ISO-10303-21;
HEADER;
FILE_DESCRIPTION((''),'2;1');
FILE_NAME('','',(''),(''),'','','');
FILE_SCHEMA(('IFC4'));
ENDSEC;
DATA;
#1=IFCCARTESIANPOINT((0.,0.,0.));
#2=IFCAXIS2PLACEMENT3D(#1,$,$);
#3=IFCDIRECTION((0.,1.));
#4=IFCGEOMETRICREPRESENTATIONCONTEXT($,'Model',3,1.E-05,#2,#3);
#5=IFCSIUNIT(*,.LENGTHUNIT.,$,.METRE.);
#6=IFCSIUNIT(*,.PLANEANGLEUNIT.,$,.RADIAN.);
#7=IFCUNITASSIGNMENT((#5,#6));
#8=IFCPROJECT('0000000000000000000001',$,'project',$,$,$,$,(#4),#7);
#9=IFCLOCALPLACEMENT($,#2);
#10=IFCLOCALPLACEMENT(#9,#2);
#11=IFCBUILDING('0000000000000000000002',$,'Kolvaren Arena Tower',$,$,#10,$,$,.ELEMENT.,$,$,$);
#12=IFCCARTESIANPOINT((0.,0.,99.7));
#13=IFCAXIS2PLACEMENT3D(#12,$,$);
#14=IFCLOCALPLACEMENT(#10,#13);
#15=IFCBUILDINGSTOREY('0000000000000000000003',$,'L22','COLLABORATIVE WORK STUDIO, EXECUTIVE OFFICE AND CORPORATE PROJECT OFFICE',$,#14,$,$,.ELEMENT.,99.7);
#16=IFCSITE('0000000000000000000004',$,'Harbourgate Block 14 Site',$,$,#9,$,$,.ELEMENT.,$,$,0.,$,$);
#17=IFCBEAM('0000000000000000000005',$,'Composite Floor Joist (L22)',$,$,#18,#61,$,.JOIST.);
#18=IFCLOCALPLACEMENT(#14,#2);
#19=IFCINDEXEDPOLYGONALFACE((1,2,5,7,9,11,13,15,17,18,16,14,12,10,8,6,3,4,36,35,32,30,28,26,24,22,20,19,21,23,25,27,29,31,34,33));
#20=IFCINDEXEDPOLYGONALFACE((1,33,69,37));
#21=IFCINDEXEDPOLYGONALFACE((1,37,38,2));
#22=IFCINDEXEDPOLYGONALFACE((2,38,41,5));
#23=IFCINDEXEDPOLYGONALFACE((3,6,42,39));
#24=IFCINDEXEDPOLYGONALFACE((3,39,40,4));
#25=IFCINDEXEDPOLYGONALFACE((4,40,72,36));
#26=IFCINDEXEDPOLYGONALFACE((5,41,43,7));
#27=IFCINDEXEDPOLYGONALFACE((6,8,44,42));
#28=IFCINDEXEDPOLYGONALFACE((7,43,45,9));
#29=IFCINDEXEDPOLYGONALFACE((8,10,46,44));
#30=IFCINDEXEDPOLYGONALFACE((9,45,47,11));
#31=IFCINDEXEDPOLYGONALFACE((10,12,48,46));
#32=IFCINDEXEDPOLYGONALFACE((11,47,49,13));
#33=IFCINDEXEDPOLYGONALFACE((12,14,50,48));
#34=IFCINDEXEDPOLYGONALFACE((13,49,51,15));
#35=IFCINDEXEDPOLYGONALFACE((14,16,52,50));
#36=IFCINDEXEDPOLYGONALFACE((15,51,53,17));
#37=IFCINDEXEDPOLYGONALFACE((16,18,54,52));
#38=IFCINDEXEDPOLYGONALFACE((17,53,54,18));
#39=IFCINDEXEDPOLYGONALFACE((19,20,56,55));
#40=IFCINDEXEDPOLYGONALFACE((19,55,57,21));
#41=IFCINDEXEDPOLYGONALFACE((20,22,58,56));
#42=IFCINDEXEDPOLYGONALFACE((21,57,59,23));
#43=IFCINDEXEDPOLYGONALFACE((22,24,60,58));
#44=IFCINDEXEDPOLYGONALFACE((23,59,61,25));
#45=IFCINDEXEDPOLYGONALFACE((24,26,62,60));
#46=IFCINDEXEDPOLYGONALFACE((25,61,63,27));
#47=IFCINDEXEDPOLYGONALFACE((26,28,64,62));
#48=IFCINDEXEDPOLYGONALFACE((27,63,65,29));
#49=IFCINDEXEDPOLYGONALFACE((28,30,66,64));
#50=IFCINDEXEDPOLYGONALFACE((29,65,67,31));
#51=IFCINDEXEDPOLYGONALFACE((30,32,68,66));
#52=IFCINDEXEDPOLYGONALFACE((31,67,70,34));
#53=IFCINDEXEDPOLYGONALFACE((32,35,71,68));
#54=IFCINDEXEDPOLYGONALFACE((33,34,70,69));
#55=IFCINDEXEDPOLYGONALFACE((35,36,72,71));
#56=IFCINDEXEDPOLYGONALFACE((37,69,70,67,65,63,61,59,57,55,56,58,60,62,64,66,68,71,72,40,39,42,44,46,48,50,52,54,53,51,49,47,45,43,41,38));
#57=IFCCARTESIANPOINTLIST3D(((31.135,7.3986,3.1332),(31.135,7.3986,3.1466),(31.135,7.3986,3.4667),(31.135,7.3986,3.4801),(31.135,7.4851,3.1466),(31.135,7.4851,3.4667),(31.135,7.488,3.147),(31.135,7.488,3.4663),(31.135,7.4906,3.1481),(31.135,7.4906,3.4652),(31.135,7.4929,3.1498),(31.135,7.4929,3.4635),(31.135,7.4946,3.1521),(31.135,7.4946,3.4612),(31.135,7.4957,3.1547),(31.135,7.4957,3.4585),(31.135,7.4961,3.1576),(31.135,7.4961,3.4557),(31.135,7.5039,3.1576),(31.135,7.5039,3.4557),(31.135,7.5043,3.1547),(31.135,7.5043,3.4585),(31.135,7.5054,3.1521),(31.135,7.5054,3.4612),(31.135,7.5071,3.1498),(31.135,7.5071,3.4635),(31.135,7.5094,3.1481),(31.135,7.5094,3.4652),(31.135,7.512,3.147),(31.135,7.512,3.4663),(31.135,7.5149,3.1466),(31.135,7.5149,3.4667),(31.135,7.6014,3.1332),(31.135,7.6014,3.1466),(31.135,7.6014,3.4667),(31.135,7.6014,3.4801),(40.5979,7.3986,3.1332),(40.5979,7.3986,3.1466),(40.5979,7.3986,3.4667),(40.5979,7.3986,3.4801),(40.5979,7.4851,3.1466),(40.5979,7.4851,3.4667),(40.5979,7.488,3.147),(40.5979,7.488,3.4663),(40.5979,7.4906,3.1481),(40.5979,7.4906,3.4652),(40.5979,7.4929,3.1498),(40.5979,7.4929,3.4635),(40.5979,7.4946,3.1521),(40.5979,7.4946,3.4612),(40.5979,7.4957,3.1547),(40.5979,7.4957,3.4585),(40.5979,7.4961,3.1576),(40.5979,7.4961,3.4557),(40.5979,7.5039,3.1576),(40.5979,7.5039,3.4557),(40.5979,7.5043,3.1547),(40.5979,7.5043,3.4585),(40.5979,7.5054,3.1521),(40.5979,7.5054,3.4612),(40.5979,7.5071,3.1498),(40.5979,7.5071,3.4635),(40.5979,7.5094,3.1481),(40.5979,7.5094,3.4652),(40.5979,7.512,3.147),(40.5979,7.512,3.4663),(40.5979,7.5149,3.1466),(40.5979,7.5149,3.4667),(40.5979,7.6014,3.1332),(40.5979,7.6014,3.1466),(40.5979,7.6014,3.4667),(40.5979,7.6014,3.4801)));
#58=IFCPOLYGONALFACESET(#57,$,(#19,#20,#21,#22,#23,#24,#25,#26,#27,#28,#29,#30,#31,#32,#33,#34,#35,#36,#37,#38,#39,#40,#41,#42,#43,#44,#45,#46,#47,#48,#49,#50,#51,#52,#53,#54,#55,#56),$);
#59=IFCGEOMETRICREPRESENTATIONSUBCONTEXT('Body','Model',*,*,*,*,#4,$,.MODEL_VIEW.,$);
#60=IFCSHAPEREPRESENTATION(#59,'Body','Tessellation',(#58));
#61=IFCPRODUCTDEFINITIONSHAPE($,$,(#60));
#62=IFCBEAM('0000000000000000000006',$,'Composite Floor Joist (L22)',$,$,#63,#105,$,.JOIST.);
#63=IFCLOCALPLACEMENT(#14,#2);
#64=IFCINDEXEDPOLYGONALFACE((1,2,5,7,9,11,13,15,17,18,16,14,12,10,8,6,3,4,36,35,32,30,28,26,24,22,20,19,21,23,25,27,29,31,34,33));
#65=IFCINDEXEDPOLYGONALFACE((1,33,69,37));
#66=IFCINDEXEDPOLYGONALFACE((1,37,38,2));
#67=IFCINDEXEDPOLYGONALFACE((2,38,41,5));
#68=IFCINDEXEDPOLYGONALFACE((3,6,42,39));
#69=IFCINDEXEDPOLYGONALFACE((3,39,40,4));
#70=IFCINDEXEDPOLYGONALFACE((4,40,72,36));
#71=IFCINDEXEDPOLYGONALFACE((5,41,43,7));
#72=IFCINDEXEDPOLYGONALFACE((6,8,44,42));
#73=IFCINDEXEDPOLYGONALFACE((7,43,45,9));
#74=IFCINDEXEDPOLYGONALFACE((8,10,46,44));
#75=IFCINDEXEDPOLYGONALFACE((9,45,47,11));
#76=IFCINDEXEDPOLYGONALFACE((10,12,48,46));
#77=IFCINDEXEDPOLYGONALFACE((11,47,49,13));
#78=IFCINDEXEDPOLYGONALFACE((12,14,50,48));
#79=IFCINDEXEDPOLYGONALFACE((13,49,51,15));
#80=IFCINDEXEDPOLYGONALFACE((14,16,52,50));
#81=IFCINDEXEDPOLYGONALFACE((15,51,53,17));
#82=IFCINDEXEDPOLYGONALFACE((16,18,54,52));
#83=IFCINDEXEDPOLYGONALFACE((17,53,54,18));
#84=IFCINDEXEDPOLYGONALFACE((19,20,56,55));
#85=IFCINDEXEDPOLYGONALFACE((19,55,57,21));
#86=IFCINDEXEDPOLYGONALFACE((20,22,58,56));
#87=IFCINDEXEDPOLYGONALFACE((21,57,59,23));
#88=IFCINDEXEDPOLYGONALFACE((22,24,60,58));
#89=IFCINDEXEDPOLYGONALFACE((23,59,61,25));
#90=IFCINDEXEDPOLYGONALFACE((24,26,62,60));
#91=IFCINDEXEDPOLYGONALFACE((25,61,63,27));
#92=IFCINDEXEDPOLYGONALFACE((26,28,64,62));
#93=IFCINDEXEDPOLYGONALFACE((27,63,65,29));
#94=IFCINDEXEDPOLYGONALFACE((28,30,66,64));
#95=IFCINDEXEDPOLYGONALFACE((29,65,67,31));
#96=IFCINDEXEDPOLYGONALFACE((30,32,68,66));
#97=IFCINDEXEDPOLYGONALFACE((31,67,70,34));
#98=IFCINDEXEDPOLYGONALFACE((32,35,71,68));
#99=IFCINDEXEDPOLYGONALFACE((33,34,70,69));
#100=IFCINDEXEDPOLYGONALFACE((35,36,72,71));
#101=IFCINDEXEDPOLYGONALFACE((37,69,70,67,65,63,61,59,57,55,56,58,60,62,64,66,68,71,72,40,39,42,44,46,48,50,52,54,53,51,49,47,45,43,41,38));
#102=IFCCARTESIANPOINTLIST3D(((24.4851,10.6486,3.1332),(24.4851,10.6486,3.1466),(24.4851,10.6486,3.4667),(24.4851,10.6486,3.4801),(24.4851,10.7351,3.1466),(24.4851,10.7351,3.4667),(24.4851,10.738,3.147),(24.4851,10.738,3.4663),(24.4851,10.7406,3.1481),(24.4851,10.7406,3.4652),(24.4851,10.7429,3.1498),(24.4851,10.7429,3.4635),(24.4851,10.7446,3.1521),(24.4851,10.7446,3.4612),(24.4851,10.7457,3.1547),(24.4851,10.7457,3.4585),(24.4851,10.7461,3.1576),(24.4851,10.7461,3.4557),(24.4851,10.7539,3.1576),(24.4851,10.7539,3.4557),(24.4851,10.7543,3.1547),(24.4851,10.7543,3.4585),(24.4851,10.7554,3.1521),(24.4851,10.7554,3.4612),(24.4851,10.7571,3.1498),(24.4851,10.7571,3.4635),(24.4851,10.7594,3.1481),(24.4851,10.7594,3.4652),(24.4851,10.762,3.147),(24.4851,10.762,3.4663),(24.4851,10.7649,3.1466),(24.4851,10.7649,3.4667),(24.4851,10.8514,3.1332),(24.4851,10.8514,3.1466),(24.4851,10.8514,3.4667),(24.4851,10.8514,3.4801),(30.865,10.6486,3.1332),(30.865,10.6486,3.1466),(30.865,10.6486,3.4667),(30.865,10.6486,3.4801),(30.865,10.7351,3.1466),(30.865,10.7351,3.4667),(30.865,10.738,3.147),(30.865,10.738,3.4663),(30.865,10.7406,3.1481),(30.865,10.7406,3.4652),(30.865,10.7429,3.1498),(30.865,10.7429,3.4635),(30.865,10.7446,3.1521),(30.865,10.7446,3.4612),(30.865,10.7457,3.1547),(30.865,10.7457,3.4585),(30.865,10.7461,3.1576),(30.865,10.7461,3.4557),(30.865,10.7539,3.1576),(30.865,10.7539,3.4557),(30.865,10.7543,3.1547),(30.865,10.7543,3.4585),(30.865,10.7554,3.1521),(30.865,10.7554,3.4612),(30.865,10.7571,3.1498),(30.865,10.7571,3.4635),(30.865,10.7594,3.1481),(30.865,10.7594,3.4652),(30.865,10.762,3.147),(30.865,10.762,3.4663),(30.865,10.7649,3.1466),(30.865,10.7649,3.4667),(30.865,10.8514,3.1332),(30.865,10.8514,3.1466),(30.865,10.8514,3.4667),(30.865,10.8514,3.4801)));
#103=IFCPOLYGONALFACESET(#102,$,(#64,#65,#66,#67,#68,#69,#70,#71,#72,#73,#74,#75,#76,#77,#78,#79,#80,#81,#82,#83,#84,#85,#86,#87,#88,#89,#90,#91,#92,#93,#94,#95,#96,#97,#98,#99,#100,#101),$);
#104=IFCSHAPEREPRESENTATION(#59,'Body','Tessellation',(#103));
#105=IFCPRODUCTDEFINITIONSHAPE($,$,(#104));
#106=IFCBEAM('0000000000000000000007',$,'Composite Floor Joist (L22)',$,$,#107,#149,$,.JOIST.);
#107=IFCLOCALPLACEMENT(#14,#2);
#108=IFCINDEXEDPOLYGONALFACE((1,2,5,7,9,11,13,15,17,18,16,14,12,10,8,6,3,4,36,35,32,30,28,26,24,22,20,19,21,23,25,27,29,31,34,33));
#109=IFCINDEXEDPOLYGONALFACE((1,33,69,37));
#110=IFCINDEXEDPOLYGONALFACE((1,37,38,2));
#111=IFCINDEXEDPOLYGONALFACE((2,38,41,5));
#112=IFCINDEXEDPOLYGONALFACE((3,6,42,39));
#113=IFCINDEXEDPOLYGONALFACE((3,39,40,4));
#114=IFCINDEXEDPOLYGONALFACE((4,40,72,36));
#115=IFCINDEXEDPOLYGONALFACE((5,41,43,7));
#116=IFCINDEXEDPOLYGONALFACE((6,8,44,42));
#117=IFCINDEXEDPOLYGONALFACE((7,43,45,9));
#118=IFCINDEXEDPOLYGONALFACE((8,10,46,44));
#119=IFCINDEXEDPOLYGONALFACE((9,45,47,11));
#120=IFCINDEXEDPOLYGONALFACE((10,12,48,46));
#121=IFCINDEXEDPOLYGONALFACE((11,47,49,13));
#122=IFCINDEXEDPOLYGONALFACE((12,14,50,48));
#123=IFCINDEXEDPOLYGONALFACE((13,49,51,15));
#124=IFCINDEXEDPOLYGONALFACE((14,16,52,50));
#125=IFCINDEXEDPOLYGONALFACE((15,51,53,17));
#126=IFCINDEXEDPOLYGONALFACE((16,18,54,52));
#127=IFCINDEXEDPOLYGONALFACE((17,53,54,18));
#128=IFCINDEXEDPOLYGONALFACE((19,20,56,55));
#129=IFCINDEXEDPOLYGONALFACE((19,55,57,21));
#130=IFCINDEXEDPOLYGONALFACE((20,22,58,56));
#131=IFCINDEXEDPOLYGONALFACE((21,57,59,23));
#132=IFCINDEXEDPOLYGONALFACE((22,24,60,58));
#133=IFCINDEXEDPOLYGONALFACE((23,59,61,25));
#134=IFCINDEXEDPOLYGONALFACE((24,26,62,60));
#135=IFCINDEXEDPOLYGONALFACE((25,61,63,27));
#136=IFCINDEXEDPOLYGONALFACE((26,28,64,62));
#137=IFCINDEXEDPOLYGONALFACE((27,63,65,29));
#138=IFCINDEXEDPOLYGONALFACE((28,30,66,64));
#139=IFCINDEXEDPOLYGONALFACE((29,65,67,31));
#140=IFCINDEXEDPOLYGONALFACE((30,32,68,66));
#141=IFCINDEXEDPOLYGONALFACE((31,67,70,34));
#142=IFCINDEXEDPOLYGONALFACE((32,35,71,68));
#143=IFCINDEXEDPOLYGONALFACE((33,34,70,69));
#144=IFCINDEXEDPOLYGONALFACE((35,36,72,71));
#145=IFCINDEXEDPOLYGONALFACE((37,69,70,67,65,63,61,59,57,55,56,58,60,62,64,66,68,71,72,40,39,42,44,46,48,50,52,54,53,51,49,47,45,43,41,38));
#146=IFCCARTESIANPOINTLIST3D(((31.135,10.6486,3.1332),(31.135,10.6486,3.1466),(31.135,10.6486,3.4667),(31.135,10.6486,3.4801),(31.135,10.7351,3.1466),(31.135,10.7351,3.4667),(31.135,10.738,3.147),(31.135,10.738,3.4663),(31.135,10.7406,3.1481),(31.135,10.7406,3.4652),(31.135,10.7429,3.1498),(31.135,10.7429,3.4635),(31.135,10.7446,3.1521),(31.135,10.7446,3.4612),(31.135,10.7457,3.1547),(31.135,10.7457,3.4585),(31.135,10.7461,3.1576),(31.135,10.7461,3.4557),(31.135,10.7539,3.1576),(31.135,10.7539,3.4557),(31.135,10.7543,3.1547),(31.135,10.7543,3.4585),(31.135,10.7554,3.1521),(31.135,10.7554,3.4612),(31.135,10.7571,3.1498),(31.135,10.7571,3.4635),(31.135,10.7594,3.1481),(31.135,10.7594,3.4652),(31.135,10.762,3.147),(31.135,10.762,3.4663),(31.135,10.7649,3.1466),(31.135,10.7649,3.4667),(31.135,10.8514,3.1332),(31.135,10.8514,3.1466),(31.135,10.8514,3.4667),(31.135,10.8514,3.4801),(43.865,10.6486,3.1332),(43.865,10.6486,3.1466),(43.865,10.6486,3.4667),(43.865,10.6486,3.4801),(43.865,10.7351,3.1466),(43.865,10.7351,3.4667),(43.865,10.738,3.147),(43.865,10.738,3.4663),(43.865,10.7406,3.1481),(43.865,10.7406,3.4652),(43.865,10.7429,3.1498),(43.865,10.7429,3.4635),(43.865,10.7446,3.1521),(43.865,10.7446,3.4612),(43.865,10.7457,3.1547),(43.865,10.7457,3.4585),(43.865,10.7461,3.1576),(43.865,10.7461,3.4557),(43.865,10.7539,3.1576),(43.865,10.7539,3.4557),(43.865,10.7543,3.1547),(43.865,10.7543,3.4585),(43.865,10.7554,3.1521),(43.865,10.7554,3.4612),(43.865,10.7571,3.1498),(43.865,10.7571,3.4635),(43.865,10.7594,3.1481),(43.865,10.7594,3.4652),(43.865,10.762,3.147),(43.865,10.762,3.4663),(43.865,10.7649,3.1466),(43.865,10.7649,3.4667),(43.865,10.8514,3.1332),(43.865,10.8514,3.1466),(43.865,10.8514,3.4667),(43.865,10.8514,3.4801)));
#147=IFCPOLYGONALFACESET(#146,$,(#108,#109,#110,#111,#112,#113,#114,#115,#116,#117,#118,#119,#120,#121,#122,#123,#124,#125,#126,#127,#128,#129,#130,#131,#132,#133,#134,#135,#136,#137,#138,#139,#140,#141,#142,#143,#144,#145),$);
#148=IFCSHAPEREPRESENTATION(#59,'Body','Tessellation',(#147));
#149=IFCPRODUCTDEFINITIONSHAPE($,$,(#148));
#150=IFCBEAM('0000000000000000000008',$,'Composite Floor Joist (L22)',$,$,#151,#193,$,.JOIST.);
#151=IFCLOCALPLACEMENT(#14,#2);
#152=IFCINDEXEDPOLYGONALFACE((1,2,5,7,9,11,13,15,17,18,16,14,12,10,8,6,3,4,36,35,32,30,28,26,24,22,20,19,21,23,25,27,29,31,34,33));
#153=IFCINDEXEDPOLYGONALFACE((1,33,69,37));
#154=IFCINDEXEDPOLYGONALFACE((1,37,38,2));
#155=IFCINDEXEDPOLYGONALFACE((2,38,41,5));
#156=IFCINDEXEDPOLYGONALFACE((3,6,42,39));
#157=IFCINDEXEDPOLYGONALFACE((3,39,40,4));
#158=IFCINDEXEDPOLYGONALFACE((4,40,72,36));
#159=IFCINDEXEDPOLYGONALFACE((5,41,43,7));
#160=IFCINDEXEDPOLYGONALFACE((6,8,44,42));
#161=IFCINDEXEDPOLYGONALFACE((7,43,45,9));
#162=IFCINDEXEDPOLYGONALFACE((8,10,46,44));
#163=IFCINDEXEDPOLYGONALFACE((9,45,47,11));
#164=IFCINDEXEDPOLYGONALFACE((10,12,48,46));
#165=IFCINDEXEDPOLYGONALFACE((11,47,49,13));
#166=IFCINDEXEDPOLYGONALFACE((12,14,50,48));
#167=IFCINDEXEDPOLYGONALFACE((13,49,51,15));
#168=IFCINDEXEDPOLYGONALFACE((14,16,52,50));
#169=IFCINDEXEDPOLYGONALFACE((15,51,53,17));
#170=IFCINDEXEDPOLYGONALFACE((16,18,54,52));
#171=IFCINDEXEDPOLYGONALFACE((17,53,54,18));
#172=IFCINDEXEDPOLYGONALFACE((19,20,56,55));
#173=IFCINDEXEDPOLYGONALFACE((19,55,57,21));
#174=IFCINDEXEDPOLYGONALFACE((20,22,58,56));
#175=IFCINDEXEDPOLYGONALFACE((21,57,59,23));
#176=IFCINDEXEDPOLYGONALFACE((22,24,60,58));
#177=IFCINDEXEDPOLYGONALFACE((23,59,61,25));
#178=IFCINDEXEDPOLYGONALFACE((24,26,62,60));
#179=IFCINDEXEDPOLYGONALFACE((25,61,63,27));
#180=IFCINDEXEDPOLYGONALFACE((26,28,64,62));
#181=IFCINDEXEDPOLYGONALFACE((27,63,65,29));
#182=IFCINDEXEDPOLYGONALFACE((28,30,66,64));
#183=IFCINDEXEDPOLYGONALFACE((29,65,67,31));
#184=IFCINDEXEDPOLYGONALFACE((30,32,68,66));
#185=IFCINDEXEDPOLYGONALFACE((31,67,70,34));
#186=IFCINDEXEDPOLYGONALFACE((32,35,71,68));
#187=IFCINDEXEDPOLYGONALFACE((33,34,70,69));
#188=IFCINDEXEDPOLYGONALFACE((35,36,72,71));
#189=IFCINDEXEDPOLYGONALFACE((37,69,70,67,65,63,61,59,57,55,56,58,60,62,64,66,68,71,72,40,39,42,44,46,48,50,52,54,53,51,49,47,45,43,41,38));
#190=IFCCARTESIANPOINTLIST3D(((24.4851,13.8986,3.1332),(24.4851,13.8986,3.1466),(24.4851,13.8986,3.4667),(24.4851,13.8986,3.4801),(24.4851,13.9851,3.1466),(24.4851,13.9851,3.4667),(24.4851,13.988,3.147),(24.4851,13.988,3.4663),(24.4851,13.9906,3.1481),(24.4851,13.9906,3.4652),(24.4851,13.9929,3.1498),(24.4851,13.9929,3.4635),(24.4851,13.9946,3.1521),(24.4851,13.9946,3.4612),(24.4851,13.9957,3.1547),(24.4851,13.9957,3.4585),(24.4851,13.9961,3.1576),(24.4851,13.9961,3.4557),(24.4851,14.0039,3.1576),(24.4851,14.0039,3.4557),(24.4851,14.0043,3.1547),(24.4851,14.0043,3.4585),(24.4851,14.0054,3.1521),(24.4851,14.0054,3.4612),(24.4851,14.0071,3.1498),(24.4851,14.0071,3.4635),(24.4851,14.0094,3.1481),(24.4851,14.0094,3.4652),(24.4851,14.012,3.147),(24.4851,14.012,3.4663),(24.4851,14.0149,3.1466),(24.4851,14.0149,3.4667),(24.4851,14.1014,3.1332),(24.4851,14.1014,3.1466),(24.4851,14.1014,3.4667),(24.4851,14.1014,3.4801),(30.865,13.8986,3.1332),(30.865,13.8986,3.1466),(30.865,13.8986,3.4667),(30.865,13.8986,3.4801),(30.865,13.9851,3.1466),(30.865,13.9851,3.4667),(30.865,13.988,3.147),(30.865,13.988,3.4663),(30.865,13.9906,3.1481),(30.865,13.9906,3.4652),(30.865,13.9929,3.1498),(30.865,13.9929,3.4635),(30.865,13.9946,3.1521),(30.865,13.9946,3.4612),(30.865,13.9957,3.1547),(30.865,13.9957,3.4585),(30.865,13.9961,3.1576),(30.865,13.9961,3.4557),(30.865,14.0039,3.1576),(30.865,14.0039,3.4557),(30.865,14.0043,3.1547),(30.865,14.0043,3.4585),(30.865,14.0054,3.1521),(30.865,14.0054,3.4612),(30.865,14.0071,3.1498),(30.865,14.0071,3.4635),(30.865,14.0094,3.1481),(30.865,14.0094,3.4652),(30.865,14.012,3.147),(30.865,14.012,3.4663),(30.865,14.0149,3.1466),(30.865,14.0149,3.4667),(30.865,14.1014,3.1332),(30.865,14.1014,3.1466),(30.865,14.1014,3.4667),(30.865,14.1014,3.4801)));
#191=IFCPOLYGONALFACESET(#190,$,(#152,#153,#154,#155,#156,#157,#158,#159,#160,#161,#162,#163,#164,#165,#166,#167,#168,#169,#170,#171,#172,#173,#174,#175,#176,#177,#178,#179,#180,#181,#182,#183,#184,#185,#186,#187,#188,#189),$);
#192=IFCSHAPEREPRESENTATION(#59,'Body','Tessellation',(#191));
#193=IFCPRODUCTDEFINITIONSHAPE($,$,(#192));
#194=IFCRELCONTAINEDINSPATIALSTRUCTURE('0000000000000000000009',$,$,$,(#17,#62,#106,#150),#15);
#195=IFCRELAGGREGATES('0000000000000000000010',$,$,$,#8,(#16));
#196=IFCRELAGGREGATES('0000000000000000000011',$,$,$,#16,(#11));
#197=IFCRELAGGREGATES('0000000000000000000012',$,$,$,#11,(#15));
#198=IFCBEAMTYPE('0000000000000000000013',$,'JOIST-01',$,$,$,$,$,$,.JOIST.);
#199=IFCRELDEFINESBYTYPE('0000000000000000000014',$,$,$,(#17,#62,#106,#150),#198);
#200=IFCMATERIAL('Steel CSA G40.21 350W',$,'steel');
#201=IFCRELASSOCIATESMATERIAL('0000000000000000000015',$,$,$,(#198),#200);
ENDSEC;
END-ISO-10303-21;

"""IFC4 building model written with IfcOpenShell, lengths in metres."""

from ifc_helpers import new_model, si_unit, direction, frame, origin, origin_2d, place, context, subcontext, project, spatial, i_section, extrude, material, material_profile, profile_set, type_object, element, save


model = new_model("IFC4")

# Units and contexts
model_context = context("Model", 3, precision=1e-05, world=origin(), true_north=direction((0.0, 1.0)))
body_context = subcontext(model_context, "Body", "Model", "MODEL_VIEW")
ifc_project = project(units=[si_unit("LENGTHUNIT", "METRE"), si_unit("PLANEANGLEUNIT", "RADIAN")], contexts=[model_context])

# Site, building, storey
site_placement = place(None, origin())
site = spatial("IfcSite", under=ifc_project, at=site_placement, Name="Harbourgate Block 14 Site", CompositionType="ELEMENT", RefElevation=0.0)
building_placement = place(site_placement, origin())
building = spatial("IfcBuilding", under=site, at=building_placement, Name="Kolvaren Arena Tower", CompositionType="ELEMENT")
storey_placement = place(building_placement, frame((0.0, 0.0, 99.7)))
storey = spatial("IfcBuildingStorey", under=building, at=storey_placement, Name="L22", Description="COLLABORATIVE WORK STUDIO, EXECUTIVE OFFICE AND CORPORATE PROJECT OFFICE", CompositionType="ELEMENT", Elevation=99.7)

# Beams
ifc_material_1 = material(Name="Steel CSA G40.21 350W", Category="steel")
ifc_material_profile_1 = material_profile(ifc_material_1, i_section(OverallWidth=0.2029, OverallDepth=0.3469, WebThickness=0.0078, FlangeThickness=0.0134, FilletRadius=0.011, at=origin_2d()), Name="W360x64")
ifc_profile_set_1 = profile_set([ifc_material_profile_1], Name="Steel CSA G40.21 350W")
beam_type_1 = type_object("IfcBeamType", Name="JOIST-01", PredefinedType="JOIST", material=ifc_profile_set_1)
beam_1_placement = place(storey_placement, frame((31.135, 7.5, 3.3066), z_axis=(1.0, 0.0, 0.0), x_axis=(0.0, 1.0, 0.0)))
element("IfcBeam", 1, at=beam_1_placement, inside=storey, type_object=beam_type_1, Name="Composite Floor Joist (L22)", PredefinedType="JOIST", context=body_context, shape_type="SweptSolid", body=[
    extrude(i_section(OverallWidth=0.2029, OverallDepth=0.3469, WebThickness=0.0078, FlangeThickness=0.0134, FilletRadius=0.011, at=origin_2d()), origin(), (0.0, 0.0, 1.0), 9.4629),
])
beam_2_placement = place(storey_placement, frame((24.4851, 10.75, 3.3066), z_axis=(1.0, 0.0, 0.0), x_axis=(0.0, 1.0, 0.0)))
element("IfcBeam", 2, at=beam_2_placement, inside=storey, type_object=beam_type_1, Name="Composite Floor Joist (L22)", PredefinedType="JOIST", context=body_context, shape_type="SweptSolid", body=[
    extrude(i_section(OverallWidth=0.2029, OverallDepth=0.3469, WebThickness=0.0078, FlangeThickness=0.0134, FilletRadius=0.011, at=origin_2d()), origin(), (0.0, 0.0, 1.0), 6.3799),
])
beam_3_placement = place(storey_placement, frame((31.135, 10.75, 3.3066), z_axis=(1.0, 0.0, 0.0), x_axis=(0.0, 1.0, 0.0)))
element("IfcBeam", 3, at=beam_3_placement, inside=storey, type_object=beam_type_1, Name="Composite Floor Joist (L22)", PredefinedType="JOIST", context=body_context, shape_type="SweptSolid", body=[
    extrude(i_section(OverallWidth=0.2029, OverallDepth=0.3469, WebThickness=0.0078, FlangeThickness=0.0134, FilletRadius=0.011, at=origin_2d()), origin(), (0.0, 0.0, 1.0), 12.73),
])
beam_4_placement = place(storey_placement, frame((24.4851, 14.0, 3.3066), z_axis=(1.0, 0.0, 0.0), x_axis=(0.0, 1.0, 0.0)))
element("IfcBeam", 4, at=beam_4_placement, inside=storey, type_object=beam_type_1, Name="Composite Floor Joist (L22)", PredefinedType="JOIST", context=body_context, shape_type="SweptSolid", body=[
    extrude(i_section(OverallWidth=0.2029, OverallDepth=0.3469, WebThickness=0.0078, FlangeThickness=0.0134, FilletRadius=0.011, at=origin_2d()), origin(), (0.0, 0.0, 1.0), 6.3799),
])

save(model, "model.ifc")
